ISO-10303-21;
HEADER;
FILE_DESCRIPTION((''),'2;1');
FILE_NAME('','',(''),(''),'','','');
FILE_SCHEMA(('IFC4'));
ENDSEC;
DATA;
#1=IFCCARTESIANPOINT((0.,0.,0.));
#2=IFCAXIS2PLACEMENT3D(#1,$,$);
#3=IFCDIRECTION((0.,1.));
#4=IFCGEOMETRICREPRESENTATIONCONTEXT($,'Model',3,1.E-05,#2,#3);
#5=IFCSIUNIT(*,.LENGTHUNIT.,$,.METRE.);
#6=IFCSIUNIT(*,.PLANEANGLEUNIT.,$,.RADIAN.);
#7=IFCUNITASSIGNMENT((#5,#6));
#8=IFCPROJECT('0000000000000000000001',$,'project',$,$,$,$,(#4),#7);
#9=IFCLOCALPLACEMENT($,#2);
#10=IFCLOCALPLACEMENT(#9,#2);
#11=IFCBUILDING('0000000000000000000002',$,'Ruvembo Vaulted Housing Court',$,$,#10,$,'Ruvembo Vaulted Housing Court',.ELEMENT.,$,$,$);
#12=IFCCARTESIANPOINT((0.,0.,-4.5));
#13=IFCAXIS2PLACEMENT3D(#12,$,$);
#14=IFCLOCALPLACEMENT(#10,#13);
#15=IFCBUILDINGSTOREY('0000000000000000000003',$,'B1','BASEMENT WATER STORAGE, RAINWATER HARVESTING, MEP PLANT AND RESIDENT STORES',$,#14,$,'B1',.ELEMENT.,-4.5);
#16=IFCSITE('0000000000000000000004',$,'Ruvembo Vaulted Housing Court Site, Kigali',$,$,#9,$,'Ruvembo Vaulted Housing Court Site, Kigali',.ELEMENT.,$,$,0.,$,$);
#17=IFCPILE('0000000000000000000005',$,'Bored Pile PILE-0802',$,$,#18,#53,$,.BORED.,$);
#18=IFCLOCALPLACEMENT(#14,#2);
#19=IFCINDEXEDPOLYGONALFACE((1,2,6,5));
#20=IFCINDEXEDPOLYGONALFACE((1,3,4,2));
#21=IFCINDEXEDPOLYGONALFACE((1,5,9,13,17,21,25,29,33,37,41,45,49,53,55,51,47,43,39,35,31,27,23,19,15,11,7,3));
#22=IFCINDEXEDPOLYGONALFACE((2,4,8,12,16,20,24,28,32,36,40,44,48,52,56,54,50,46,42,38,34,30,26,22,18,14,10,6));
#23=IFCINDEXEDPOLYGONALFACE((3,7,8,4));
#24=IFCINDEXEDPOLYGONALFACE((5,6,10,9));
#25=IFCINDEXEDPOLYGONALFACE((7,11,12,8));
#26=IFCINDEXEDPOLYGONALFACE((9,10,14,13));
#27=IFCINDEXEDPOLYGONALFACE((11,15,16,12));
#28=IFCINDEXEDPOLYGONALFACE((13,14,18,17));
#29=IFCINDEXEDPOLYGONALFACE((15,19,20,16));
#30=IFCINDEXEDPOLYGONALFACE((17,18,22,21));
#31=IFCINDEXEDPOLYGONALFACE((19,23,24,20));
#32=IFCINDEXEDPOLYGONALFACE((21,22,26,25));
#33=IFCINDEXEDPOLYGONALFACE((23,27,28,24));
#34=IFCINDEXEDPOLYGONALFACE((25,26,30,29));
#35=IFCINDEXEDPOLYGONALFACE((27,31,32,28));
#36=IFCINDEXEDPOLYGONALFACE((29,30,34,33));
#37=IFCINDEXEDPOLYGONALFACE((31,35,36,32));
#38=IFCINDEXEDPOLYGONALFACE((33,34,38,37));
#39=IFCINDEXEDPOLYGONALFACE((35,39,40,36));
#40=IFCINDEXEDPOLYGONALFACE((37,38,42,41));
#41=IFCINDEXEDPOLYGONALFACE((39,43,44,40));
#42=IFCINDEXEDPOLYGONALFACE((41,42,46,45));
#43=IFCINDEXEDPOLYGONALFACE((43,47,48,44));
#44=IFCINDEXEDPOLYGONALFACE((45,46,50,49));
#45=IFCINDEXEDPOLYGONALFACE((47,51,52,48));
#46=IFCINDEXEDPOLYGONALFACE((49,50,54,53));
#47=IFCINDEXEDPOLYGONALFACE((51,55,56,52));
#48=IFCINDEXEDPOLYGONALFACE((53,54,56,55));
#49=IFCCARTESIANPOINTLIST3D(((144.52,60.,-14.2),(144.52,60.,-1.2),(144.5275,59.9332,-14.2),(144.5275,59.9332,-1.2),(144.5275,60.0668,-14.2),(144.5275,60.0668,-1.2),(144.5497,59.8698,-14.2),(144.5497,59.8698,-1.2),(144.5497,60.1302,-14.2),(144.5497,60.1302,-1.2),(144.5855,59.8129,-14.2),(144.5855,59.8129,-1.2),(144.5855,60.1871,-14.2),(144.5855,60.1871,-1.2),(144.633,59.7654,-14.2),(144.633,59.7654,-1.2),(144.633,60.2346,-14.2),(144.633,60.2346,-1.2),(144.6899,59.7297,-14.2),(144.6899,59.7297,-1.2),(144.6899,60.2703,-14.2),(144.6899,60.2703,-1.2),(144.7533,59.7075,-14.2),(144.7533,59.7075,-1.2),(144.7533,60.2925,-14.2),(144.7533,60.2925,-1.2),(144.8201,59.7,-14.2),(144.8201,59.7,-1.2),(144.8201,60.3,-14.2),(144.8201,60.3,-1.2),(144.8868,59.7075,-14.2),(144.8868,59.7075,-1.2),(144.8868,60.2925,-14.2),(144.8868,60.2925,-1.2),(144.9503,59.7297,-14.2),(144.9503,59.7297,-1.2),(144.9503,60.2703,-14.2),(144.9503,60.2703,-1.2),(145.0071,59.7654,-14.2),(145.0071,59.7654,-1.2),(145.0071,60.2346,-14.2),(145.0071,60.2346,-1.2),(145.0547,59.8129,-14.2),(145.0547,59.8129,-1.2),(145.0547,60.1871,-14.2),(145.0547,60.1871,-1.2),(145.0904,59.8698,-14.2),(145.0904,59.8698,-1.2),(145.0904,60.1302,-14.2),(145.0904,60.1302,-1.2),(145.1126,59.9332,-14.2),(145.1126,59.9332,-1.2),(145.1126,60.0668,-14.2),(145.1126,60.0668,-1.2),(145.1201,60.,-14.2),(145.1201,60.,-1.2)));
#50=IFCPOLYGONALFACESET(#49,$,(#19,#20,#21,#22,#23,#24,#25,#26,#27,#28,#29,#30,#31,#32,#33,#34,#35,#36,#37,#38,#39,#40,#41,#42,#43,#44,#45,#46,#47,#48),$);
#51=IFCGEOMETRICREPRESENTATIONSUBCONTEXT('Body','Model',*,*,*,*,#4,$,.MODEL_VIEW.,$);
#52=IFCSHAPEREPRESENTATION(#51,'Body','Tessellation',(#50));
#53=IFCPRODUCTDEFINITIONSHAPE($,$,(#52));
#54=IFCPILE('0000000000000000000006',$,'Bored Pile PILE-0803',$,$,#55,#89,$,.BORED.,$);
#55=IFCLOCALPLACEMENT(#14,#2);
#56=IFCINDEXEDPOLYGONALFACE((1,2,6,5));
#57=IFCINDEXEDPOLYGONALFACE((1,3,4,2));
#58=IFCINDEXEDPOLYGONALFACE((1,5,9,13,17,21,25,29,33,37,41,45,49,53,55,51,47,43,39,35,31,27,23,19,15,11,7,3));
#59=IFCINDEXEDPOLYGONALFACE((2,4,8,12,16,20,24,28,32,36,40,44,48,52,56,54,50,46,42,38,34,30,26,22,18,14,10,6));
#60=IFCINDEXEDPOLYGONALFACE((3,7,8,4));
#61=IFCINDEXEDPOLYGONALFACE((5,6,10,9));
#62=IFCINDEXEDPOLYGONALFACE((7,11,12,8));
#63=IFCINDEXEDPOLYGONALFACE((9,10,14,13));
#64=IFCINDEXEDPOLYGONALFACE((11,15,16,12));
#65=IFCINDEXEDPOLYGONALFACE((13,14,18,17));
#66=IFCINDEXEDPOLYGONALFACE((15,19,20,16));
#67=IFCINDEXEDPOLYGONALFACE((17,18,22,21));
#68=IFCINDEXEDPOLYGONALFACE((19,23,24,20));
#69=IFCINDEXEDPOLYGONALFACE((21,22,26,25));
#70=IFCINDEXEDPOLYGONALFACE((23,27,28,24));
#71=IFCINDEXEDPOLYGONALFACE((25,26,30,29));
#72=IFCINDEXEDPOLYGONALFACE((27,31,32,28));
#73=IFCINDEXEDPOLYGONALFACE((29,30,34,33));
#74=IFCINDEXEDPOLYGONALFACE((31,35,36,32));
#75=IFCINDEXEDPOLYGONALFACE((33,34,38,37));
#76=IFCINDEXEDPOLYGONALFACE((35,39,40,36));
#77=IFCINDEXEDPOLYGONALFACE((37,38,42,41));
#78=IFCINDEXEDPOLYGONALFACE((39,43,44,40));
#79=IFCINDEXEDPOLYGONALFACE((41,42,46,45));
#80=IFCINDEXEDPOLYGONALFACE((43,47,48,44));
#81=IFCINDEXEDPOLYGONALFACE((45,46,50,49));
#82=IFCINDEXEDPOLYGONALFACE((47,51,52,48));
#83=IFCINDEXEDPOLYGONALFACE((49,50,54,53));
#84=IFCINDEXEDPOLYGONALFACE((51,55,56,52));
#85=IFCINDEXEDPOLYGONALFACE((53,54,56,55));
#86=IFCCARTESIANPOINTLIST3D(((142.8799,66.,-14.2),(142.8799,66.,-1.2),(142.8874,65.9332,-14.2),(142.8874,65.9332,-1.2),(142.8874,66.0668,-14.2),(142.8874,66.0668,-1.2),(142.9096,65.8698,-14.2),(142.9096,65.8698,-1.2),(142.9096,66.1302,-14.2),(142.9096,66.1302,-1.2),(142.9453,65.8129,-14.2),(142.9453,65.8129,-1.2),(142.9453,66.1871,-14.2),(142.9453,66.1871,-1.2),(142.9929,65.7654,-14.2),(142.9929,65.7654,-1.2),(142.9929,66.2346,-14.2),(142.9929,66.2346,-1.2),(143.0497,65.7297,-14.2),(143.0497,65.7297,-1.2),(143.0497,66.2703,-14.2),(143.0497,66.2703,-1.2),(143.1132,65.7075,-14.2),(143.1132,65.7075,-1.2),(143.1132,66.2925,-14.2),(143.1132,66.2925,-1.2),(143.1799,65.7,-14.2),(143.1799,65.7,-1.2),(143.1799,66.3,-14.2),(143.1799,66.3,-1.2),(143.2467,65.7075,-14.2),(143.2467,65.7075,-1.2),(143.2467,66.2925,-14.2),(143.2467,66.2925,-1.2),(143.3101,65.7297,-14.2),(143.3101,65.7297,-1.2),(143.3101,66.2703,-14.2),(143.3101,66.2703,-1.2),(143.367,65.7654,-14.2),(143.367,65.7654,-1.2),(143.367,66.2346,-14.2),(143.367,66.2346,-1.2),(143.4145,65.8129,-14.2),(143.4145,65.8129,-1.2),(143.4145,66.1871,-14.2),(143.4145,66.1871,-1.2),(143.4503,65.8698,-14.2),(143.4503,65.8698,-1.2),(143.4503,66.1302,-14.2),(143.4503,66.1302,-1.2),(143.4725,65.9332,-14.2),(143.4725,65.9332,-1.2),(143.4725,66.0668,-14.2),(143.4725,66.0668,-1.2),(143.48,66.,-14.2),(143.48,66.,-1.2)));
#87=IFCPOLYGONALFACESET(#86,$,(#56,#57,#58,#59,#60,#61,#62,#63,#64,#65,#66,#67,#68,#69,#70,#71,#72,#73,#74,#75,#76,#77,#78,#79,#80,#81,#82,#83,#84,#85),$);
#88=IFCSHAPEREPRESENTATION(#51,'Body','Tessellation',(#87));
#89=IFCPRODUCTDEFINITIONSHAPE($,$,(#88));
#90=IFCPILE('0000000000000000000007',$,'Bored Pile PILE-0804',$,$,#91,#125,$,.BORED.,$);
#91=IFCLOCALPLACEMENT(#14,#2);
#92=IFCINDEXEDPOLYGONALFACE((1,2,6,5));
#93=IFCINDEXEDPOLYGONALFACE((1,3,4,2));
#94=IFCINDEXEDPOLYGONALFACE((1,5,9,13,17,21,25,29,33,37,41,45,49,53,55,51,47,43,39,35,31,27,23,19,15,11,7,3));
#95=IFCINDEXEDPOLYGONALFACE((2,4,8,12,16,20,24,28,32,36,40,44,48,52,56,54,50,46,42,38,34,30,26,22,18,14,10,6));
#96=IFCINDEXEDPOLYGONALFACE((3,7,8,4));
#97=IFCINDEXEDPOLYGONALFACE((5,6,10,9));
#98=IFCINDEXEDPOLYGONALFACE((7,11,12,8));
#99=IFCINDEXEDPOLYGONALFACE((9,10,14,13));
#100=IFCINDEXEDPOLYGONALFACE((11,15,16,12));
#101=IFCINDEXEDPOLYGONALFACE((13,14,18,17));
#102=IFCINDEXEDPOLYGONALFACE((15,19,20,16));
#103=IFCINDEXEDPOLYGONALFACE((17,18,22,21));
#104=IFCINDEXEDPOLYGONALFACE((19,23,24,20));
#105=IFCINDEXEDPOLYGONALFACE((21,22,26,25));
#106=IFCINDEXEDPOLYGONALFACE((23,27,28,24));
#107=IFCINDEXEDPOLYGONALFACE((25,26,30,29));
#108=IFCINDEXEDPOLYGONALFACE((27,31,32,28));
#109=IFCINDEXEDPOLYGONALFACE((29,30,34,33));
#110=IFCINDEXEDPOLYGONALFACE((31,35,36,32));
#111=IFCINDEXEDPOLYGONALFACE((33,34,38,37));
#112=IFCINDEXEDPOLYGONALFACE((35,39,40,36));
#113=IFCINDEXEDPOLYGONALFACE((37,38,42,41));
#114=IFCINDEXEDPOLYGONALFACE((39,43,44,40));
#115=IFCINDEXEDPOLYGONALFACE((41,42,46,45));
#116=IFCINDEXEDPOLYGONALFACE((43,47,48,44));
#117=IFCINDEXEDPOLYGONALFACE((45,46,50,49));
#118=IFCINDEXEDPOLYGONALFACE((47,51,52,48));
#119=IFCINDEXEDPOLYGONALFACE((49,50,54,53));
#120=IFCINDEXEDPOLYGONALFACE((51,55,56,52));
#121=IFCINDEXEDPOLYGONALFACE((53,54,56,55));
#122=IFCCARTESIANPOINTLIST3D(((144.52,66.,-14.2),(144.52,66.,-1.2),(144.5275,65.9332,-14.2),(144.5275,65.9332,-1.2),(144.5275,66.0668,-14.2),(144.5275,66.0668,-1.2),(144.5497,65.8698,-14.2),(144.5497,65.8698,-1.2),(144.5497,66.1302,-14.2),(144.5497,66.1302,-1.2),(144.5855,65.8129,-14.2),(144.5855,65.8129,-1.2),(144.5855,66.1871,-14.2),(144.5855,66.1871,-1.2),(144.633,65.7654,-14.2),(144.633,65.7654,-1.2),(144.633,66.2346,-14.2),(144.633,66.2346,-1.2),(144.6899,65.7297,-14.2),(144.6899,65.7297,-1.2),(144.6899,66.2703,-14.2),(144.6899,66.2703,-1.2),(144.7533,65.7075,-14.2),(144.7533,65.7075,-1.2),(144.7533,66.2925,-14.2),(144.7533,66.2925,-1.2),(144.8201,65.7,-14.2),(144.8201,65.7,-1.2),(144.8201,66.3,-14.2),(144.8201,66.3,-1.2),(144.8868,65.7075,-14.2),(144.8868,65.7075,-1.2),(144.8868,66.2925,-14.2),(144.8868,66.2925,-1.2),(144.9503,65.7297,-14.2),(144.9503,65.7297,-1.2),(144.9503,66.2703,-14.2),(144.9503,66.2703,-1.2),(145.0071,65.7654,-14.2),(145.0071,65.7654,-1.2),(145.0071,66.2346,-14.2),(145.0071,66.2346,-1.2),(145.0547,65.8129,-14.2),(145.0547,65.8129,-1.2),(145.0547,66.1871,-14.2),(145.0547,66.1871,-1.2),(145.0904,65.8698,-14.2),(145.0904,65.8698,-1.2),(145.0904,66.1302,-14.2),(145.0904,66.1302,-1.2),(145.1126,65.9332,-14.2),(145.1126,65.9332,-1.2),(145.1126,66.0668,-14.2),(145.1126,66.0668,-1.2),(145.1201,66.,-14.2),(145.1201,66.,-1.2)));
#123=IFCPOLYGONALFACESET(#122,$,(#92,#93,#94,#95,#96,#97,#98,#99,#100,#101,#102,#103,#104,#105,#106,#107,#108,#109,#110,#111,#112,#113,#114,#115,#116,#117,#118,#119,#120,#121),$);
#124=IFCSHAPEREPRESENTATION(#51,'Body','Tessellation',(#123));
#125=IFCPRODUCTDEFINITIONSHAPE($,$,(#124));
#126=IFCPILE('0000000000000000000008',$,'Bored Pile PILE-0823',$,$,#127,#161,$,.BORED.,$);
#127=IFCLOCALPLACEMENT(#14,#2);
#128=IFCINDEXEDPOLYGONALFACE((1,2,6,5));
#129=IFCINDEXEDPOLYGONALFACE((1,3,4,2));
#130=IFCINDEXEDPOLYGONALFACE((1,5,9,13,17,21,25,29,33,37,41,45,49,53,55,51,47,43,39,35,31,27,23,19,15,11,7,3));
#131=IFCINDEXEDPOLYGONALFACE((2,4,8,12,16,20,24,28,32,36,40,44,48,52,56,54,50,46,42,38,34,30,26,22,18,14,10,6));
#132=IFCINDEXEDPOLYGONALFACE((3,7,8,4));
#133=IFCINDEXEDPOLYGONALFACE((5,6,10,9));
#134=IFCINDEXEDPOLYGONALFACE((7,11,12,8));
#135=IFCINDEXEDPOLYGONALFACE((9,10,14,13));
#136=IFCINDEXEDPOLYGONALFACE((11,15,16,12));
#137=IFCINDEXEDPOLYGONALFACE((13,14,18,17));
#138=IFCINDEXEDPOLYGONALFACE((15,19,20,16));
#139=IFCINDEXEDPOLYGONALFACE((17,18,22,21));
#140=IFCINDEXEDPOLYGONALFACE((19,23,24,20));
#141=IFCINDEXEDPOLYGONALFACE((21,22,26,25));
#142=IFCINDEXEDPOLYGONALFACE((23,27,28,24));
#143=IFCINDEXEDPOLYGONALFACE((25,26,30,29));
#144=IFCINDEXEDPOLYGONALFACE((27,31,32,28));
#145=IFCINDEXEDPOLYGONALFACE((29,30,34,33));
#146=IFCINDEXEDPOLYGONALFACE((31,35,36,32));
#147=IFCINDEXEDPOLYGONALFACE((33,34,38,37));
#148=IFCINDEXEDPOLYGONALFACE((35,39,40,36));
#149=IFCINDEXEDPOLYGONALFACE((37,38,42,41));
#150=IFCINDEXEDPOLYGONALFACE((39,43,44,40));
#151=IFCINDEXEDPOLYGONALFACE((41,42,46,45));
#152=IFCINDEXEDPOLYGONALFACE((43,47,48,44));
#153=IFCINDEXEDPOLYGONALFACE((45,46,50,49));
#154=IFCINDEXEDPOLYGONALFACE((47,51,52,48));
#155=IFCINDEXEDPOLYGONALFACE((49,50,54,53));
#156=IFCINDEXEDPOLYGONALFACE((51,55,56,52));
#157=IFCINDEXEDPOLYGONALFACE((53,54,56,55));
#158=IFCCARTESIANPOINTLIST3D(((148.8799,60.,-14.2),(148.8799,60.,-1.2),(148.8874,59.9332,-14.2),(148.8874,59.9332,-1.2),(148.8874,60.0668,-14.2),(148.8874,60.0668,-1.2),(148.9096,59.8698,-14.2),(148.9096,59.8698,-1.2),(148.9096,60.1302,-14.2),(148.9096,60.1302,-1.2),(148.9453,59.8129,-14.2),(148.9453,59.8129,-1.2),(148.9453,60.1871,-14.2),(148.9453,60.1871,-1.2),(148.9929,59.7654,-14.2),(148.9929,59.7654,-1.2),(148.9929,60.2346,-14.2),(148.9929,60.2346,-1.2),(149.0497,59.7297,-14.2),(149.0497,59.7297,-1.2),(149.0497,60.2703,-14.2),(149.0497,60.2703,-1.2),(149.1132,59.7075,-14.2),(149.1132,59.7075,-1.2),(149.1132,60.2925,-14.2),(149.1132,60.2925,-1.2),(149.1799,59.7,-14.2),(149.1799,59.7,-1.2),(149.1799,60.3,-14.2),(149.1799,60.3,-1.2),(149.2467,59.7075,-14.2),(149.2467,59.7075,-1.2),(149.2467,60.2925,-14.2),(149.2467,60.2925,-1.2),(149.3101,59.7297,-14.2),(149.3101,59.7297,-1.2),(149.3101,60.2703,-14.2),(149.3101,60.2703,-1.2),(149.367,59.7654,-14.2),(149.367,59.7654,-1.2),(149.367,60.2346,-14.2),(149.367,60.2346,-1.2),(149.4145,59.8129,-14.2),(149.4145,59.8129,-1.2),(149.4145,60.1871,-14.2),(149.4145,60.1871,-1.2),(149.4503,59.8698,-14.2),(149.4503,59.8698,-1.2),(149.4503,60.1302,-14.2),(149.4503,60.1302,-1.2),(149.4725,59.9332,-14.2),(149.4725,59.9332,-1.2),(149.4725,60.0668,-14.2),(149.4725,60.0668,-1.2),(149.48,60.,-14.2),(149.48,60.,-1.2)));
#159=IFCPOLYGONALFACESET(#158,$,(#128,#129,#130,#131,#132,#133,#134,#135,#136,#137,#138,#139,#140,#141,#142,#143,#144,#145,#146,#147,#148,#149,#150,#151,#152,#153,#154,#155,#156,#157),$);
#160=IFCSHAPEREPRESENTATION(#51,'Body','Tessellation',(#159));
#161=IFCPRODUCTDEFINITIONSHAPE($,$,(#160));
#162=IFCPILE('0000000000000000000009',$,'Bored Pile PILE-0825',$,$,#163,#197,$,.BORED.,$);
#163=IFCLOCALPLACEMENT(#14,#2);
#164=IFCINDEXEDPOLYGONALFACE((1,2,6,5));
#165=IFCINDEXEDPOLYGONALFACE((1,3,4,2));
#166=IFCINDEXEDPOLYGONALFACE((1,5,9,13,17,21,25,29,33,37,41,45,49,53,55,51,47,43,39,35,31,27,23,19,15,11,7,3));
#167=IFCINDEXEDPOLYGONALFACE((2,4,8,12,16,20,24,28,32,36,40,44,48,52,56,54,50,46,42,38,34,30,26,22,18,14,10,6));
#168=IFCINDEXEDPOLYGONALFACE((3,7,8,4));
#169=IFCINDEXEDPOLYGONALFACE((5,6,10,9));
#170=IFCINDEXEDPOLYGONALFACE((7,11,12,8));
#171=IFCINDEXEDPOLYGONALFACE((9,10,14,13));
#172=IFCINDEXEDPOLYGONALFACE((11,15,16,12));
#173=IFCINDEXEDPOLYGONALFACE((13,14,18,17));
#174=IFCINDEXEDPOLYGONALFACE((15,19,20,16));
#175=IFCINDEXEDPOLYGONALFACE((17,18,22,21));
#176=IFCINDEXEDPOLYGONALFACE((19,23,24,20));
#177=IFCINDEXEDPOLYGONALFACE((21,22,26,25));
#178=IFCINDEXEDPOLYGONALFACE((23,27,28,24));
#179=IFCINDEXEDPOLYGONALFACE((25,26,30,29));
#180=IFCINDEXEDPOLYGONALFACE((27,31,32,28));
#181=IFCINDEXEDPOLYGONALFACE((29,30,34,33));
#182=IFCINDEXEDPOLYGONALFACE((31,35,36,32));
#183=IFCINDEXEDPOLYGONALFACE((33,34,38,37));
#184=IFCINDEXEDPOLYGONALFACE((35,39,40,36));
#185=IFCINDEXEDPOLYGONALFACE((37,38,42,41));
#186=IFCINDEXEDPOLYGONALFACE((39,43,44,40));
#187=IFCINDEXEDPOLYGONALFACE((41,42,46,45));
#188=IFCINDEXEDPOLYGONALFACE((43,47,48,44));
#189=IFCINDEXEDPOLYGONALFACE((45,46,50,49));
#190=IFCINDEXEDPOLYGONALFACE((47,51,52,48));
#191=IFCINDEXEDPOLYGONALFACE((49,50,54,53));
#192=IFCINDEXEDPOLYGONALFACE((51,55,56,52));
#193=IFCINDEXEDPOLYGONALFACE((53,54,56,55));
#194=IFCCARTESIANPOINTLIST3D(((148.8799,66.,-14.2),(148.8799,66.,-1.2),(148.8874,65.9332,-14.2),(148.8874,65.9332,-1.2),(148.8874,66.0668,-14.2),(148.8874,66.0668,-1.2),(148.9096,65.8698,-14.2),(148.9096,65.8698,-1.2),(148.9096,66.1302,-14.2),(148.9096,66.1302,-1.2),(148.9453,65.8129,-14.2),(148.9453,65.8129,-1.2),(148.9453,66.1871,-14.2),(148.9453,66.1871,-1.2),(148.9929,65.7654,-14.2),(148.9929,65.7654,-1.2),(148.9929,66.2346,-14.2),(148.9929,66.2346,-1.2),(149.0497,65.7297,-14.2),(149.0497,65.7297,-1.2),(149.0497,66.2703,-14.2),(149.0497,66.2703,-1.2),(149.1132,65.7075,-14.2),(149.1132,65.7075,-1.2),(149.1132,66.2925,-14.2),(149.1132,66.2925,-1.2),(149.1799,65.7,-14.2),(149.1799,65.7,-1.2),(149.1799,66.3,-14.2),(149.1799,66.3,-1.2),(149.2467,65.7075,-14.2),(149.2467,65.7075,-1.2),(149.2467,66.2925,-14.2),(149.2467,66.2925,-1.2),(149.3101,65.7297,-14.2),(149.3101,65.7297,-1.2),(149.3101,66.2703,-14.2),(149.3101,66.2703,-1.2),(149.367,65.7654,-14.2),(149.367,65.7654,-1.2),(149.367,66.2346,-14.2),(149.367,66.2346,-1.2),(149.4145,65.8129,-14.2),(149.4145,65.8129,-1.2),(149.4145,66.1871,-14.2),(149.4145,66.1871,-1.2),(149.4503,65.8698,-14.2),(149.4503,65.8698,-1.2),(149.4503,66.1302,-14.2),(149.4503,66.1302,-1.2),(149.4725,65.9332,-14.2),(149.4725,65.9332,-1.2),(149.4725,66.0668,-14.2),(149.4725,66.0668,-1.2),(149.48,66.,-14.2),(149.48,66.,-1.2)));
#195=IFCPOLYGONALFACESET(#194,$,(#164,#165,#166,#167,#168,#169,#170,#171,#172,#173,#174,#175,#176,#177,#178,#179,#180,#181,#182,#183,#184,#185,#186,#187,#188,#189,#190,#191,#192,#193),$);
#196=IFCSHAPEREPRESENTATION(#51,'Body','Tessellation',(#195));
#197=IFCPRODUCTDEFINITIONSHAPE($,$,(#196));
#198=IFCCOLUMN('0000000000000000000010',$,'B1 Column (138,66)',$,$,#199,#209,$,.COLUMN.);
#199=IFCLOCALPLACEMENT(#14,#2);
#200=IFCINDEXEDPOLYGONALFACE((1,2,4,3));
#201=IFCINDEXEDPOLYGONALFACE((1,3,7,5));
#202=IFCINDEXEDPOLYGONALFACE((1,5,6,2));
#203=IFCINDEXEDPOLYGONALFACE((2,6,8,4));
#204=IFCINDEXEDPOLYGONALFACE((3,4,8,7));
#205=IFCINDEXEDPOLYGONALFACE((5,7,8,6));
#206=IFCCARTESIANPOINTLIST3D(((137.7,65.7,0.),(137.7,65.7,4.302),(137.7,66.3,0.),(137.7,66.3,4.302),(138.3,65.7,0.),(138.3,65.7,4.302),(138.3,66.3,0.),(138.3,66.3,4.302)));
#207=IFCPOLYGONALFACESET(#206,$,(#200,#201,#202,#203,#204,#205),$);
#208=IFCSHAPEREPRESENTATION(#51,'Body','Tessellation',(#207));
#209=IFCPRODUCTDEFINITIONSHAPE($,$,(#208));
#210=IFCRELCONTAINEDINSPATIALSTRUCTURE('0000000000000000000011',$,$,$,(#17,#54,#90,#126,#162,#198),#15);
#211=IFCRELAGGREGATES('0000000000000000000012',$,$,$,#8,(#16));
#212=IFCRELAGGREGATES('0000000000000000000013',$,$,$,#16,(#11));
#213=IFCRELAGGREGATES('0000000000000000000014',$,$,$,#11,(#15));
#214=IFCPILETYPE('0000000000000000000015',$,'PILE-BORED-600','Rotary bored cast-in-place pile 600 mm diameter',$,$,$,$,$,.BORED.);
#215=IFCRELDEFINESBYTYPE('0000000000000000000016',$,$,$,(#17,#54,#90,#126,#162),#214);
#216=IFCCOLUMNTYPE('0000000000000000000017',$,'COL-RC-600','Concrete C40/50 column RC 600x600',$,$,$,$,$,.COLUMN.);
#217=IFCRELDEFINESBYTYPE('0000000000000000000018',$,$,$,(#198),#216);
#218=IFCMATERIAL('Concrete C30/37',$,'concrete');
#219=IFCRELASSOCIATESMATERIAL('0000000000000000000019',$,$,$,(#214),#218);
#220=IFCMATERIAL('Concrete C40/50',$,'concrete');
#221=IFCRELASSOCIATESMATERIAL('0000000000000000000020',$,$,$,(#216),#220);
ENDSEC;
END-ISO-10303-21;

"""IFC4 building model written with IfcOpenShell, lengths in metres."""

from ifc_helpers import new_model, si_unit, direction, frame, origin, origin_2d, place, context, subcontext, project, spatial, rectangle, circle, extrude, material, material_profile, profile_set, type_object, element, save


model = new_model("IFC4")

# Units and contexts
model_context = context("Model", 3, precision=1e-05, world=origin(), true_north=direction((0.0, 1.0)))
body_context = subcontext(model_context, "Body", "Model", "MODEL_VIEW")
ifc_project = project(units=[si_unit("LENGTHUNIT", "METRE"), si_unit("PLANEANGLEUNIT", "RADIAN")], contexts=[model_context])

# Site, building, storey
site_placement = place(None, origin())
site = spatial("IfcSite", under=ifc_project, at=site_placement, Name="Ruvembo Vaulted Housing Court Site, Kigali", LongName="Ruvembo Vaulted Housing Court Site, Kigali", CompositionType="ELEMENT", RefElevation=0.0)
building_placement = place(site_placement, origin())
building = spatial("IfcBuilding", under=site, at=building_placement, Name="Ruvembo Vaulted Housing Court", LongName="Ruvembo Vaulted Housing Court", CompositionType="ELEMENT")
storey_placement = place(building_placement, frame((0.0, 0.0, -4.5)))
storey = spatial("IfcBuildingStorey", under=building, at=storey_placement, Name="B1", Description="BASEMENT WATER STORAGE, RAINWATER HARVESTING, MEP PLANT AND RESIDENT STORES", LongName="B1", CompositionType="ELEMENT", Elevation=-4.5)

# Piles
ifc_material_1 = material(Name="Concrete C30/37", Category="concrete")
ifc_material_profile_1 = material_profile(ifc_material_1, circle(Radius=0.3, at=origin_2d()), Name="PILE D600")
ifc_profile_set_1 = profile_set([ifc_material_profile_1], Name="Concrete C30/37")
pile_type = type_object("IfcPileType", Name="PILE-BORED-600", Description="Rotary bored cast-in-place pile 600 mm diameter", PredefinedType="BORED", material=ifc_profile_set_1)
for number, where, z_axis, x_axis, name in (
    (1, (144.8201, 60.0, -1.2), (0.0, 0.0, -1.0), (1.0, 0.0, 0.0), "Bored Pile PILE-0802"),
    (2, (143.1799, 66.0, -1.2), (0.0, 0.0, -1.0), (1.0, 0.0, 0.0), "Bored Pile PILE-0803"),
    (3, (144.8201, 66.0, -1.2), (0.0, 0.0, -1.0), (1.0, 0.0, 0.0), "Bored Pile PILE-0804"),
    (4, (149.1799, 60.0, -1.2), (0.0, 0.0, -1.0), (1.0, 0.0, 0.0), "Bored Pile PILE-0823"),
    (5, (149.1799, 66.0, -1.2), (0.0, 0.0, -1.0), (1.0, 0.0, 0.0), "Bored Pile PILE-0825"),
):
    element("IfcPile", number, at=place(storey_placement, frame(where, z_axis=z_axis, x_axis=x_axis)), inside=storey, type_object=pile_type, Name=name, PredefinedType="BORED", context=body_context, shape_type="SweptSolid", body=[
        extrude(circle(Radius=0.3, at=origin_2d()), origin(), (0.0, 0.0, 1.0), 13.0),
    ])

# Column
ifc_material_2 = material(Name="Concrete C40/50", Category="concrete")
ifc_material_profile_2 = material_profile(ifc_material_2, rectangle(XDim=0.6001, YDim=0.6001, at=origin_2d()), Name="RC 600x600")
ifc_profile_set_2 = profile_set([ifc_material_profile_2], Name="Concrete C40/50")
column_type = type_object("IfcColumnType", Name="COL-RC-600", Description="Concrete C40/50 column RC 600x600", PredefinedType="COLUMN", material=ifc_profile_set_2)
for number, where, z_axis, x_axis, name in (
    (6, (138.0, 66.0, 0.0), (0.0, 0.0, 1.0), (1.0, 0.0, 0.0), "B1 Column (138,66)"),
):
    element("IfcColumn", number, at=place(storey_placement, frame(where, z_axis=z_axis, x_axis=x_axis)), inside=storey, type_object=column_type, Name=name, PredefinedType="COLUMN", context=body_context, shape_type="SweptSolid", body=[
        extrude(rectangle(XDim=0.6001, YDim=0.6001, at=origin_2d()), origin(), (0.0, 0.0, 1.0), 4.302),
    ])

save(model, "model.ifc")
